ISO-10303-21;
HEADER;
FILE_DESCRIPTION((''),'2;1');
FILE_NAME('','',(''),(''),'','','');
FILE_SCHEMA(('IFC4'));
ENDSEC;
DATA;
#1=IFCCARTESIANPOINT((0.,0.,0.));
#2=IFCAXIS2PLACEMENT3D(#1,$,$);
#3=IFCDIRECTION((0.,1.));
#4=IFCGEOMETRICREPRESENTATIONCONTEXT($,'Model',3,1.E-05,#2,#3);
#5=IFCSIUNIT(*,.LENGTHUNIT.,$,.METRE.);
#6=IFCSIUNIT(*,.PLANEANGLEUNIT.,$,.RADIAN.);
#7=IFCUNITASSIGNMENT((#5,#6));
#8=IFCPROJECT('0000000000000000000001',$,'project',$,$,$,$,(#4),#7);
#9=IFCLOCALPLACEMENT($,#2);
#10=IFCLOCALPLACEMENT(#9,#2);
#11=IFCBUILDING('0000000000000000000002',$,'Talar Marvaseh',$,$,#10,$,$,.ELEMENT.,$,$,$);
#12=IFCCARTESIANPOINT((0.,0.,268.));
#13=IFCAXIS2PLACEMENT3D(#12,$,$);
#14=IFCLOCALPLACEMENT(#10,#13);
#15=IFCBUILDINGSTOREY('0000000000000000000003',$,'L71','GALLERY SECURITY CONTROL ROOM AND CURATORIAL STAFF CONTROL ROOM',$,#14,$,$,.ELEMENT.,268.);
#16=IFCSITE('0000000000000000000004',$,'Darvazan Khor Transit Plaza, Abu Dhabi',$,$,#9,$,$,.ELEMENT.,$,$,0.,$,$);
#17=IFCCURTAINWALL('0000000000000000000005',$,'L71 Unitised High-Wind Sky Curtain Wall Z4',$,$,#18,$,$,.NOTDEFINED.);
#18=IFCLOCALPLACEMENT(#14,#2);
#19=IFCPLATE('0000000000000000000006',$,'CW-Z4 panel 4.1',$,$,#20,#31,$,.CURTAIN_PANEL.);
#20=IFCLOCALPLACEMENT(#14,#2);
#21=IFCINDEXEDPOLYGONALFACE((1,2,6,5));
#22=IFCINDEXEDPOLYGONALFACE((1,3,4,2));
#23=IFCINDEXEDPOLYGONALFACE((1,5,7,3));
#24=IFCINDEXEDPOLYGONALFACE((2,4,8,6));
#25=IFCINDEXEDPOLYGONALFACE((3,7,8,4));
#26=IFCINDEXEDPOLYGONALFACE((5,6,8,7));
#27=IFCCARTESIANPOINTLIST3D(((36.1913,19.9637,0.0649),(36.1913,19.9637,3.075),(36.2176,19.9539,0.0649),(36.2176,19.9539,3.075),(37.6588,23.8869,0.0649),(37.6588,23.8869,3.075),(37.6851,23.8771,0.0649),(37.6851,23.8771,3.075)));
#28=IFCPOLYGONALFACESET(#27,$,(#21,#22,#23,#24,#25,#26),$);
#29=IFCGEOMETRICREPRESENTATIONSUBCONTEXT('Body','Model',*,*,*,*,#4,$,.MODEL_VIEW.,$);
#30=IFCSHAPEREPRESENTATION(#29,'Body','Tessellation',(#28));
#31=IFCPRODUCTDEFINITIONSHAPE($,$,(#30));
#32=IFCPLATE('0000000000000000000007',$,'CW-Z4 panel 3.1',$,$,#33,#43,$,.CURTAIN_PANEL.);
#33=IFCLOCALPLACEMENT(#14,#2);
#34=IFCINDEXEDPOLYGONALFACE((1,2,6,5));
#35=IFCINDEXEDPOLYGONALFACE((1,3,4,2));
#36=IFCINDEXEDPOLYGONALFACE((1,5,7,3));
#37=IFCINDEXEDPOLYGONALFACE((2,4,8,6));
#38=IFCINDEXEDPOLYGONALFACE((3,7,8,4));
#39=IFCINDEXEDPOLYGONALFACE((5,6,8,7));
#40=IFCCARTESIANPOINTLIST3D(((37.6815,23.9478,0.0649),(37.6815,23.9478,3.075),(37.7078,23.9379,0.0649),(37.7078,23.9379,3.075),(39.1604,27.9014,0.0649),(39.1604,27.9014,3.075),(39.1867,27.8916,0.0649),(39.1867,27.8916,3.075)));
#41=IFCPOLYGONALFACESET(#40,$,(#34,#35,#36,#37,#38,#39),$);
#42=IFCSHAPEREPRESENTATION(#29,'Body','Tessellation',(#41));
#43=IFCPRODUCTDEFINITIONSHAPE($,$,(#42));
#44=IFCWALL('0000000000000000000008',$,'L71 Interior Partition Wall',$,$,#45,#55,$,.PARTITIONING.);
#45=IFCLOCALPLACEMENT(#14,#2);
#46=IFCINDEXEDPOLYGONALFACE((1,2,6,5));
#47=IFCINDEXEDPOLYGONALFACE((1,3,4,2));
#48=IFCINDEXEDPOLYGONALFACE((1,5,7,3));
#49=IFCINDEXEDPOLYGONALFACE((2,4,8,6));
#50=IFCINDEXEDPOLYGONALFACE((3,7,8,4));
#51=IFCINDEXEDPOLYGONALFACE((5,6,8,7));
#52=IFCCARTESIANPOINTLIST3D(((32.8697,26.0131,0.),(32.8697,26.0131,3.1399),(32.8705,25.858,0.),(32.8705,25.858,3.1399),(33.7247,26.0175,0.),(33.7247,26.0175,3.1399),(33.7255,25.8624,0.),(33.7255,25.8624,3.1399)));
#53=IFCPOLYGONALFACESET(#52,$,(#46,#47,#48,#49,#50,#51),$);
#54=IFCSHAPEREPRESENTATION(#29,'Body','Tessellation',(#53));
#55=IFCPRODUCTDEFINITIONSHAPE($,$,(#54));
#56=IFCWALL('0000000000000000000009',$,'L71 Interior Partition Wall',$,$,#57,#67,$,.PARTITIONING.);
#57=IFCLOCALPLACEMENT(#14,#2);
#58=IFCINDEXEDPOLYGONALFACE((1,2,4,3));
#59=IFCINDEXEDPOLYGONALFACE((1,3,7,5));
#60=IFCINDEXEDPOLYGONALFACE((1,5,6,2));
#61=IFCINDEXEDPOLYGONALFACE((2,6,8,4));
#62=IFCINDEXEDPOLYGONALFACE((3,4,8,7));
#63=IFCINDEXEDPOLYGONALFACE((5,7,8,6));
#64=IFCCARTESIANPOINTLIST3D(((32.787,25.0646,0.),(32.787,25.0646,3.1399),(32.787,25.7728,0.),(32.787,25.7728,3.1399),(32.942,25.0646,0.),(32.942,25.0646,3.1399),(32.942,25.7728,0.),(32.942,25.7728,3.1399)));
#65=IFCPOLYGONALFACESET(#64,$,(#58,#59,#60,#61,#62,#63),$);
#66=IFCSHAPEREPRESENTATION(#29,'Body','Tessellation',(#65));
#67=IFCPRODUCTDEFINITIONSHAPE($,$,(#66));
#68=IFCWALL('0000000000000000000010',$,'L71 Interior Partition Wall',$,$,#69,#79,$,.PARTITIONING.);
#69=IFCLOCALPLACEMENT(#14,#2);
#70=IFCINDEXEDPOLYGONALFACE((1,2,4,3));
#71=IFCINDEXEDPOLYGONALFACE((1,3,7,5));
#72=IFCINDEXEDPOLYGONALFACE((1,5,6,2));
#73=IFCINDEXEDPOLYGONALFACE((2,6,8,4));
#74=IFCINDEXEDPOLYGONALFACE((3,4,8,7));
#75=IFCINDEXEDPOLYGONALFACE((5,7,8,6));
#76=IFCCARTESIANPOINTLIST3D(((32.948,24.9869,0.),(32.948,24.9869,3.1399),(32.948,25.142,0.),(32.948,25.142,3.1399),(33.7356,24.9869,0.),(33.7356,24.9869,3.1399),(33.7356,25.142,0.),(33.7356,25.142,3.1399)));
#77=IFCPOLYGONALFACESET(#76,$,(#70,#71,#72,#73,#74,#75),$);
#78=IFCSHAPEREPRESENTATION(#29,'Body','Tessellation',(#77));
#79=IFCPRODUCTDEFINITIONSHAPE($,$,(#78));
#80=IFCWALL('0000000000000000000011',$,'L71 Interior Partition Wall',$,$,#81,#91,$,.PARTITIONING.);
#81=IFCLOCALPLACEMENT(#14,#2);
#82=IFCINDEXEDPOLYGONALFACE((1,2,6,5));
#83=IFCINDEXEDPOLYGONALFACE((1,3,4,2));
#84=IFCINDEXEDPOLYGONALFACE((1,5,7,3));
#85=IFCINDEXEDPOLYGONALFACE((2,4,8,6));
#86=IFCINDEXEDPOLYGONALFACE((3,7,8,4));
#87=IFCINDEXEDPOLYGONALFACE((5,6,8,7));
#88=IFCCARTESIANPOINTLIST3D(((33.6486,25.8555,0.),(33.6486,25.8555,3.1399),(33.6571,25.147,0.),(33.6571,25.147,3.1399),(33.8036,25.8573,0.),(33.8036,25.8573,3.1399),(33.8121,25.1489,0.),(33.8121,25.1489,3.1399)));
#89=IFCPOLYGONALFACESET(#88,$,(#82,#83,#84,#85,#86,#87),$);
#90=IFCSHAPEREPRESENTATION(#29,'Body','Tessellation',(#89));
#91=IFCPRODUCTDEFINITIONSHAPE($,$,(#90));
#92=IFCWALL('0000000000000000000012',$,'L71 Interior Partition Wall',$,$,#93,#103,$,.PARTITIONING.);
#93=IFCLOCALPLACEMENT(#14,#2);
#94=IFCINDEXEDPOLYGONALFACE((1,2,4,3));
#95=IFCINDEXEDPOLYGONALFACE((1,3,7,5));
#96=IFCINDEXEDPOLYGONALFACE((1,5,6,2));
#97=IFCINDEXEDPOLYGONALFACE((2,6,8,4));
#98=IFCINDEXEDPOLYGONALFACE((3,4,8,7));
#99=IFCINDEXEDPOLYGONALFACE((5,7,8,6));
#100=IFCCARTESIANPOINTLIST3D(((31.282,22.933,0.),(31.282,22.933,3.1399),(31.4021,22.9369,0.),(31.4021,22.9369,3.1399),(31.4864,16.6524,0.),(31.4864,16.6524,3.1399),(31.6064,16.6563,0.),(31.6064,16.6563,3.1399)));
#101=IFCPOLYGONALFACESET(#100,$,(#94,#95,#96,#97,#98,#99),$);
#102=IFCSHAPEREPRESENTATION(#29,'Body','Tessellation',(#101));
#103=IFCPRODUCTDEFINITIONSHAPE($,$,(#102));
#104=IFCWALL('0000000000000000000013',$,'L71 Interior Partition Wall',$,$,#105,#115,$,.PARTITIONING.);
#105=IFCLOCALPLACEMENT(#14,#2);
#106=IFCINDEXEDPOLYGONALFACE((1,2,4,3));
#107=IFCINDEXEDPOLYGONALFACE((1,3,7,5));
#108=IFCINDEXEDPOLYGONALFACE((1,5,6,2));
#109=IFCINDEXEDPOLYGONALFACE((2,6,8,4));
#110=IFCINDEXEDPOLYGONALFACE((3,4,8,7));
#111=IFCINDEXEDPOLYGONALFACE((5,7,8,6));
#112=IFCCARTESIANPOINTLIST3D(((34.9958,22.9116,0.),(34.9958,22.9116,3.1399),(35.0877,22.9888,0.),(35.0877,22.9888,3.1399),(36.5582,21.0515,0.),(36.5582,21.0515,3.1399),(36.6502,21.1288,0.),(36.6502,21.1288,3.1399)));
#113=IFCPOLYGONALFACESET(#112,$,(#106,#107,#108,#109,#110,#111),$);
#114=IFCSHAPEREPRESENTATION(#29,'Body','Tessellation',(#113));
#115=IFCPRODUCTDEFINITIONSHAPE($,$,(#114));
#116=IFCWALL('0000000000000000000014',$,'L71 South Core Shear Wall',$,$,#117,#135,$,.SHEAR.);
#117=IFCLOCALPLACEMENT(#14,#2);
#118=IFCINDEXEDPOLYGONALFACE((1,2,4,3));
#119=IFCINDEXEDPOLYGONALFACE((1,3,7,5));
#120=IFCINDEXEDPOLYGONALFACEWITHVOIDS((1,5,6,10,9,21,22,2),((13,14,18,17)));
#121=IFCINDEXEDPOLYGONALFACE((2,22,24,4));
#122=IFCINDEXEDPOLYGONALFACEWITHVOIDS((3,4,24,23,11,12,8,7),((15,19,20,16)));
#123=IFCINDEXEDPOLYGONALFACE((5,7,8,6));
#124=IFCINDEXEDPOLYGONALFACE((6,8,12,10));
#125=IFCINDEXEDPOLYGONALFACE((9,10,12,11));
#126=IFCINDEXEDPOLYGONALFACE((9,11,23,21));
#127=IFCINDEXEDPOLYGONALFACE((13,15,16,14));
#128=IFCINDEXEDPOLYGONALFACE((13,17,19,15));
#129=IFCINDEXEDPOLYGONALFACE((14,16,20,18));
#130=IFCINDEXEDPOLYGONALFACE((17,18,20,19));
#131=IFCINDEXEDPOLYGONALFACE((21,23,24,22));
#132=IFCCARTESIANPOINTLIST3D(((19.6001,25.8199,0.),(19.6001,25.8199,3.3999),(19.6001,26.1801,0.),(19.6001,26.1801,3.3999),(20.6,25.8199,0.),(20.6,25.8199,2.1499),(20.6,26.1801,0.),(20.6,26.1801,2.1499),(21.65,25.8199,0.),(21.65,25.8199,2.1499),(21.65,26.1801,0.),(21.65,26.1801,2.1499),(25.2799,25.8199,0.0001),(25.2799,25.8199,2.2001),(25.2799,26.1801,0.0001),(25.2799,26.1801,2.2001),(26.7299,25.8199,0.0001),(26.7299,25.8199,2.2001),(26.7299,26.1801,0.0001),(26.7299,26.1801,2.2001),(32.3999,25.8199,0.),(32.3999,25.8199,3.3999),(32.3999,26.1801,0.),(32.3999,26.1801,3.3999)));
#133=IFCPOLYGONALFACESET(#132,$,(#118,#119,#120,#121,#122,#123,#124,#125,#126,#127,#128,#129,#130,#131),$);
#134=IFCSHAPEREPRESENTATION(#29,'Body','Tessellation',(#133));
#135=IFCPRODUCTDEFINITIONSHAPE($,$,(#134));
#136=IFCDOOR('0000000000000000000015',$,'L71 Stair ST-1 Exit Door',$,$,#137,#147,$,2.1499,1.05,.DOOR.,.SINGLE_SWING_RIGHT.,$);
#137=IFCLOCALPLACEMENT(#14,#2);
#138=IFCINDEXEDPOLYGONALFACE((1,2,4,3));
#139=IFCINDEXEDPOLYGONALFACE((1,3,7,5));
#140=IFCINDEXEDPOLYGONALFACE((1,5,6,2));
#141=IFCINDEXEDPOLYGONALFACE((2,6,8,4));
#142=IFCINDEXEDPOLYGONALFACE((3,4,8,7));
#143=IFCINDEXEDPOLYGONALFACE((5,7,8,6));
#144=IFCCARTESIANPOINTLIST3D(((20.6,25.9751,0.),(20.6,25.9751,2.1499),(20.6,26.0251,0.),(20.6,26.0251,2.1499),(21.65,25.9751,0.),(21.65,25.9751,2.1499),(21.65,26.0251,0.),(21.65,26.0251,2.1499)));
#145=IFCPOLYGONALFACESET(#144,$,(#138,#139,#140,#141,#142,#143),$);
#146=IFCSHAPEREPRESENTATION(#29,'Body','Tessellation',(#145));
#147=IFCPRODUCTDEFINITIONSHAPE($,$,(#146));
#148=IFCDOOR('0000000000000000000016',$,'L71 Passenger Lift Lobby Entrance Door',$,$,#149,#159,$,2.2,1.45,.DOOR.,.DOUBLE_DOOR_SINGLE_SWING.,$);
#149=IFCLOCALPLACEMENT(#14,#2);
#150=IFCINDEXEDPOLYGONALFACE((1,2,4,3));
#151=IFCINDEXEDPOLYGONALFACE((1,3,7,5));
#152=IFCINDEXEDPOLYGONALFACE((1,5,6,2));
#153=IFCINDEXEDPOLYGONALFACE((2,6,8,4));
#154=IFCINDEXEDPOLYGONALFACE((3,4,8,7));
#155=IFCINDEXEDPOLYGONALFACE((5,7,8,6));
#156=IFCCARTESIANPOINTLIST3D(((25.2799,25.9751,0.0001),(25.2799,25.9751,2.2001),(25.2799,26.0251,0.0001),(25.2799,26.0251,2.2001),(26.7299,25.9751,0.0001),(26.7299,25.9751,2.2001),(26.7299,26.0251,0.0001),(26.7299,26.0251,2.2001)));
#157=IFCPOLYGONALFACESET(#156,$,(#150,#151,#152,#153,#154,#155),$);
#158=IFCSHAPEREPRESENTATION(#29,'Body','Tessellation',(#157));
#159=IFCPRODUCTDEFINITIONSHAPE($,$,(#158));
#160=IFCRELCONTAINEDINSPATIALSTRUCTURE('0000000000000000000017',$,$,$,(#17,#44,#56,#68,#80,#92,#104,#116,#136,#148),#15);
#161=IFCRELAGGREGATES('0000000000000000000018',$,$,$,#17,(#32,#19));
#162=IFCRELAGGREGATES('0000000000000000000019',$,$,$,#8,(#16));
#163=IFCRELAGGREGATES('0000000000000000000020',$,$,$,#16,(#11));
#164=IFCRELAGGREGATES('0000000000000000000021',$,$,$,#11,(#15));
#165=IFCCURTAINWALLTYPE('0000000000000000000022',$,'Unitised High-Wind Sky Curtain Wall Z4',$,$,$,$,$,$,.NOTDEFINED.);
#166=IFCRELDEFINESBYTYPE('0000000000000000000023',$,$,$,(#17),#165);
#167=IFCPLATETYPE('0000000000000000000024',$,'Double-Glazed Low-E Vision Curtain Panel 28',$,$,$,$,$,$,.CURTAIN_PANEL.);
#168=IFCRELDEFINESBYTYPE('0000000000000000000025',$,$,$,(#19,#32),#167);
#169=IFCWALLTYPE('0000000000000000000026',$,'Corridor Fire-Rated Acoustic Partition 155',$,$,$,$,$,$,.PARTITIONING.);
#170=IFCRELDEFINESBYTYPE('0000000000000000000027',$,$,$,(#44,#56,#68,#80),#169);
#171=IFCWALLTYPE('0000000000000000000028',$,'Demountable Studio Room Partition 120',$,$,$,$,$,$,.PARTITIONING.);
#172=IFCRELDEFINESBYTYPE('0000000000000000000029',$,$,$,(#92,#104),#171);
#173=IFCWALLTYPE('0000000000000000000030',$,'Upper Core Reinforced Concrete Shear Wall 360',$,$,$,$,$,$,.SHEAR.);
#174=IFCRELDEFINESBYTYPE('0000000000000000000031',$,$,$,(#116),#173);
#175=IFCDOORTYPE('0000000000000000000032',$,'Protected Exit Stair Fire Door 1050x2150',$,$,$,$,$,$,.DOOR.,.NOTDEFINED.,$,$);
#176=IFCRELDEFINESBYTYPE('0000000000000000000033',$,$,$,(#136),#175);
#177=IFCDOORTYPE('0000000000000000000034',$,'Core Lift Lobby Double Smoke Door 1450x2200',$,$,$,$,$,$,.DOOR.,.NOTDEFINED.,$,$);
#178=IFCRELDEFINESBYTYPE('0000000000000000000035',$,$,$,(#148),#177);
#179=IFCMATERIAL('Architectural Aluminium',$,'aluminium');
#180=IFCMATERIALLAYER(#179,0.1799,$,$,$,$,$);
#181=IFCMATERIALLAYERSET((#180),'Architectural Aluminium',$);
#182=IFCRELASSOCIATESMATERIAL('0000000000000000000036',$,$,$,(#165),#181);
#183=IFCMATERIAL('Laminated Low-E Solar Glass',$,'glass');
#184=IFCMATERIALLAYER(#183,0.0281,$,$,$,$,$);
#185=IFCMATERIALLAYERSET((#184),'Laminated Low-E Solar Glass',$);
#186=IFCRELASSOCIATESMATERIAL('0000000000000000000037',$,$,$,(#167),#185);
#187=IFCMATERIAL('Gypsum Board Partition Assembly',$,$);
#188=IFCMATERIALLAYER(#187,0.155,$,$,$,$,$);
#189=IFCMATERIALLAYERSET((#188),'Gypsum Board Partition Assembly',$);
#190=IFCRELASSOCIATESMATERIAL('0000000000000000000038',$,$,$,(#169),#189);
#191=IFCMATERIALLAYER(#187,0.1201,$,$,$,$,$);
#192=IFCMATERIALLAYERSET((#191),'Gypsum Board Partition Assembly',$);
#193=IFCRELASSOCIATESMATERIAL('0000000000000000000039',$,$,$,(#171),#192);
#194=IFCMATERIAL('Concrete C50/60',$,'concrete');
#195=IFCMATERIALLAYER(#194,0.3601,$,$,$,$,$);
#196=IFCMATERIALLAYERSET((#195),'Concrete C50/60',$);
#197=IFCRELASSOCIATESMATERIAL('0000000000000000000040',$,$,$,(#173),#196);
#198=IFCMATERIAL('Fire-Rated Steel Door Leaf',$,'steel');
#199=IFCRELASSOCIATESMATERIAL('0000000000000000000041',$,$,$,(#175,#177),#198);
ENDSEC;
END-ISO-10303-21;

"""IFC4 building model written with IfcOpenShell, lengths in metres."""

from ifc_helpers import new_model, si_unit, direction, frame, frame_2d, origin, origin_2d, place, context, subcontext, project, spatial, rectangle, extrude, source, transform, mapped, material, layer, layer_set, type_object, type_shapes, element, fill, aggregate, save


model = new_model("IFC4")

# Units and contexts
model_context = context("Model", 3, precision=1e-05, world=origin(), true_north=direction((0.0, 1.0)))
body_context = subcontext(model_context, "Body", "Model", "MODEL_VIEW")
ifc_project = project(units=[si_unit("LENGTHUNIT", "METRE"), si_unit("PLANEANGLEUNIT", "RADIAN")], contexts=[model_context])

# Site, building, storey
site_placement = place(None, origin())
site = spatial("IfcSite", under=ifc_project, at=site_placement, Name="Darvazan Khor Transit Plaza, Abu Dhabi", CompositionType="ELEMENT", RefElevation=0.0)
building_placement = place(site_placement, origin())
building = spatial("IfcBuilding", under=site, at=building_placement, Name="Talar Marvaseh", CompositionType="ELEMENT")
storey_placement = place(building_placement, frame((0.0, 0.0, 268.0)))
storey = spatial("IfcBuildingStorey", under=building, at=storey_placement, Name="L71", Description="GALLERY SECURITY CONTROL ROOM AND CURATORIAL STAFF CONTROL ROOM", CompositionType="ELEMENT", Elevation=268.0)

# Shared definitions
ifc_material_1 = material(Name="Concrete C50/60", Category="concrete")

# Curtain wall, plates
ifc_material_2 = material(Name="Architectural Aluminium", Category="aluminium")
ifc_layer_1 = layer(ifc_material_2, 0.1799)
ifc_layer_set_1 = layer_set([ifc_layer_1], Name="Architectural Aluminium")
curtain_wall_type = type_object("IfcCurtainWallType", Name="Unitised High-Wind Sky Curtain Wall Z4", PredefinedType="NOTDEFINED", material=ifc_layer_set_1)
curtain_wall_placement = place(storey_placement, origin())
curtain_wall = element("IfcCurtainWall", 1, at=curtain_wall_placement, inside=storey, type_object=curtain_wall_type, Name="L71 Unitised High-Wind Sky Curtain Wall Z4", PredefinedType="NOTDEFINED")
ifc_material_3 = material(Name="Laminated Low-E Solar Glass", Category="glass")
ifc_layer_2 = layer(ifc_material_3, 0.0281)
ifc_layer_set_2 = layer_set([ifc_layer_2], Name="Laminated Low-E Solar Glass")
plate_type = type_object("IfcPlateType", Name="Double-Glazed Low-E Vision Curtain Panel 28", PredefinedType="CURTAIN_PANEL", material=ifc_layer_set_2)
shared_shape_1 = source(origin(), body_context, "Body", "SweptSolid", [
    extrude(rectangle(XDim=4.1887, YDim=0.0281, at=origin_2d()), origin(), (0.0, 0.0, 1.0), 3.01),
])
plate_1_placement = place(storey_placement, frame((36.9382, 21.9204, 0.0649), z_axis=(0.0, 0.0, 1.0), x_axis=(-0.350351, -0.936618, 0.0)))
plate_1 = element("IfcPlate", 2, at=plate_1_placement, type_object=plate_type, Name="CW-Z4 panel 4.1", PredefinedType="CURTAIN_PANEL", context=body_context, shape_type="MappedRepresentation", body=[
    mapped(shared_shape_1, transform((0.0, 0.0, 0.0), x_axis=(1.0, 0.0, 0.0), y_axis=(0.0, 1.0, 0.0), z_axis=(0.0, 0.0, 1.0), scale=1.0)),
])
shared_shape_2 = source(origin(), body_context, "Body", "SweptSolid", [
    extrude(rectangle(XDim=4.2212, YDim=0.0281, at=origin_2d()), origin(), (0.0, 0.0, 1.0), 3.01),
])
type_shapes(plate_type, [shared_shape_1, shared_shape_2])
plate_2_placement = place(storey_placement, frame((38.4341, 25.9197, 0.0649), z_axis=(0.0, 0.0, 1.0), x_axis=(-0.350351, -0.936618, 0.0)))
plate_2 = element("IfcPlate", 3, at=plate_2_placement, type_object=plate_type, Name="CW-Z4 panel 3.1", PredefinedType="CURTAIN_PANEL", context=body_context, shape_type="MappedRepresentation", body=[
    mapped(shared_shape_2, transform((0.0, 0.0, 0.0), x_axis=(1.0, 0.0, 0.0), y_axis=(0.0, 1.0, 0.0), z_axis=(0.0, 0.0, 1.0), scale=1.0)),
])
aggregate(curtain_wall, [plate_2, plate_1])

# Shared definitions
ifc_material_4 = material(Name="Gypsum Board Partition Assembly")
ifc_layer_3 = layer(ifc_material_4, 0.155)
ifc_layer_set_3 = layer_set([ifc_layer_3], Name="Gypsum Board Partition Assembly")
wall_type_1 = type_object("IfcWallType", Name="Corridor Fire-Rated Acoustic Partition 155", PredefinedType="PARTITIONING", material=ifc_layer_set_3)

# Walls
wall_1_placement = place(storey_placement, frame((33.7251, 25.9399, 0.0), z_axis=(0.0, 0.0, 1.0), x_axis=(-0.999987, -0.00514, 0.0)))
element("IfcWall", 4, at=wall_1_placement, inside=storey, type_object=wall_type_1, Name="L71 Interior Partition Wall", PredefinedType="PARTITIONING", context=body_context, shape_type="SweptSolid", body=[
    extrude(rectangle(XDim=0.855, YDim=0.155, at=frame_2d((0.4275, 0.0))), origin(), (0.0, 0.0, 1.0), 3.1399),
])
wall_2_placement = place(storey_placement, frame((32.8645, 25.7727, 0.0), z_axis=(0.0, 0.0, 1.0), x_axis=(0.0, -1.0, 0.0)))
element("IfcWall", 5, at=wall_2_placement, inside=storey, type_object=wall_type_1, Name="L71 Interior Partition Wall", PredefinedType="PARTITIONING", context=body_context, shape_type="SweptSolid", body=[
    extrude(rectangle(XDim=0.7083, YDim=0.155, at=frame_2d((0.354, 0.0))), origin(), (0.0, 0.0, 1.0), 3.1399),
])
wall_3_placement = place(storey_placement, frame((32.948, 25.0645, 0.0), z_axis=(0.0, 0.0, 1.0), x_axis=(1.0, 0.0, 0.0)))
element("IfcWall", 6, at=wall_3_placement, inside=storey, type_object=wall_type_1, Name="L71 Interior Partition Wall", PredefinedType="PARTITIONING", context=body_context, shape_type="SweptSolid", body=[
    extrude(rectangle(XDim=0.7876, YDim=0.155, at=frame_2d((0.3938, 0.0))), origin(), (0.0, 0.0, 1.0), 3.1399),
])
wall_4_placement = place(storey_placement, frame((33.7346, 25.1479, 0.0), z_axis=(0.0, 0.0, 1.0), x_axis=(-0.01206, 0.999927, 0.0)))
element("IfcWall", 7, at=wall_4_placement, inside=storey, type_object=wall_type_1, Name="L71 Interior Partition Wall", PredefinedType="PARTITIONING", context=body_context, shape_type="SweptSolid", body=[
    extrude(rectangle(XDim=0.7085, YDim=0.155, at=frame_2d((0.3542, 0.0))), origin(), (0.0, 0.0, 1.0), 3.1399),
])
ifc_layer_4 = layer(ifc_material_4, 0.1201)
ifc_layer_set_4 = layer_set([ifc_layer_4], Name="Gypsum Board Partition Assembly")
wall_type_2 = type_object("IfcWallType", Name="Demountable Studio Room Partition 120", PredefinedType="PARTITIONING", material=ifc_layer_set_4)
wall_5_placement = place(storey_placement, frame((31.342, 22.9351, 0.0), z_axis=(0.0, 0.0, 1.0), x_axis=(0.032519, -0.999471, 0.0)))
element("IfcWall", 8, at=wall_5_placement, inside=storey, type_object=wall_type_2, Name="L71 Interior Partition Wall", PredefinedType="PARTITIONING", context=body_context, shape_type="SweptSolid", body=[
    extrude(rectangle(XDim=6.2839, YDim=0.1201, at=frame_2d((3.1421, 0.0))), origin(), (0.0, 0.0, 1.0), 3.1399),
])
wall_6_placement = place(storey_placement, frame((35.0417, 22.9502, 0.0), z_axis=(0.0, 0.0, 1.0), x_axis=(0.643194, -0.765703, 0.0)))
element("IfcWall", 9, at=wall_6_placement, inside=storey, type_object=wall_type_2, Name="L71 Interior Partition Wall", PredefinedType="PARTITIONING", context=body_context, shape_type="SweptSolid", body=[
    extrude(rectangle(XDim=2.4292, YDim=0.1201, at=frame_2d((1.2146, 0.0))), origin(), (0.0, 0.0, 1.0), 3.1399),
])

# Wall, openings, doors
ifc_layer_5 = layer(ifc_material_1, 0.3601)
ifc_layer_set_5 = layer_set([ifc_layer_5], Name="Concrete C50/60")
wall_type_3 = type_object("IfcWallType", Name="Upper Core Reinforced Concrete Shear Wall 360", PredefinedType="SHEAR", material=ifc_layer_set_5)
wall_7_placement = place(storey_placement, frame((32.3999, 26.0, 0.0), z_axis=(0.0, 0.0, 1.0), x_axis=(-1.0, 0.0, 0.0)))
wall_7 = element("IfcWall", 10, at=wall_7_placement, inside=storey, type_object=wall_type_3, Name="L71 South Core Shear Wall", PredefinedType="SHEAR", context=body_context, shape_type="SweptSolid", body=[
    extrude(rectangle(XDim=12.7998, YDim=0.3601, at=frame_2d((6.3999, 0.0))), origin(), (0.0, 0.0, 1.0), 3.3999),
])
opening_1_placement = place(wall_7_placement, frame((10.75, 0.0, 0.0)))
opening_1 = element("IfcOpeningElement", 11, at=opening_1_placement, cuts=wall_7, PredefinedType="OPENING", context=body_context, shape_type="SweptSolid", body=[
    extrude(rectangle(XDim=1.05, YDim=2.1499, at=frame_2d((0.5249, 1.075))), frame((0.0, 0.1899, 0.0), z_axis=(0.0, -1.0, 0.0), x_axis=(1.0, 0.0, 0.0)), (0.0, 0.0, 1.0), 0.3801),
])
opening_2_placement = place(wall_7_placement, frame((5.6699, 0.0, 0.0)))
opening_2 = element("IfcOpeningElement", 12, at=opening_2_placement, cuts=wall_7, PredefinedType="OPENING", context=body_context, shape_type="SweptSolid", body=[
    extrude(rectangle(XDim=1.45, YDim=2.2, at=frame_2d((0.7251, 1.1001))), frame((0.0, 0.1899, 0.0), z_axis=(0.0, -1.0, 0.0), x_axis=(1.0, 0.0, 0.0)), (0.0, 0.0, 1.0), 0.3801),
])
ifc_material_5 = material(Name="Fire-Rated Steel Door Leaf", Category="steel")
door_type_1 = type_object("IfcDoorType", Name="Protected Exit Stair Fire Door 1050x2150", OperationType="NOTDEFINED", PredefinedType="DOOR", material=ifc_material_5)
shared_shape_3 = source(origin(), body_context, "Body", "SweptSolid", [
    extrude(rectangle(XDim=1.05, YDim=2.1499, at=frame_2d((0.5249, 1.075))), frame((0.0, 0.0249, 0.0), z_axis=(0.0, -1.0, 0.0), x_axis=(1.0, 0.0, 0.0)), (0.0, 0.0, 1.0), 0.05),
])
type_shapes(door_type_1, [shared_shape_3])
door_1_placement = place(opening_1_placement, origin())
door_1 = element("IfcDoor", 13, at=door_1_placement, inside=storey, type_object=door_type_1, Name="L71 Stair ST-1 Exit Door", OperationType="SINGLE_SWING_RIGHT", OverallHeight=2.1499, OverallWidth=1.05, PredefinedType="DOOR", context=body_context, shape_type="MappedRepresentation", body=[
    mapped(shared_shape_3, transform((0.0, 0.0, 0.0), x_axis=(1.0, 0.0, 0.0), y_axis=(0.0, 1.0, 0.0), z_axis=(0.0, 0.0, 1.0), scale=1.0)),
])
fill(opening_1, door_1)
door_type_2 = type_object("IfcDoorType", Name="Core Lift Lobby Double Smoke Door 1450x2200", OperationType="NOTDEFINED", PredefinedType="DOOR", material=ifc_material_5)
shared_shape_4 = source(origin(), body_context, "Body", "SweptSolid", [
    extrude(rectangle(XDim=1.45, YDim=2.2, at=frame_2d((0.7251, 1.1001))), frame((0.0, 0.0249, 0.0), z_axis=(0.0, -1.0, 0.0), x_axis=(1.0, 0.0, 0.0)), (0.0, 0.0, 1.0), 0.05),
])
type_shapes(door_type_2, [shared_shape_4])
door_2_placement = place(opening_2_placement, origin())
door_2 = element("IfcDoor", 14, at=door_2_placement, inside=storey, type_object=door_type_2, Name="L71 Passenger Lift Lobby Entrance Door", OperationType="DOUBLE_DOOR_SINGLE_SWING", OverallHeight=2.2, OverallWidth=1.45, PredefinedType="DOOR", context=body_context, shape_type="MappedRepresentation", body=[
    mapped(shared_shape_4, transform((0.0, 0.0, 0.0), x_axis=(1.0, 0.0, 0.0), y_axis=(0.0, 1.0, 0.0), z_axis=(0.0, 0.0, 1.0), scale=1.0)),
])
fill(opening_2, door_2)

save(model, "model.ifc")
